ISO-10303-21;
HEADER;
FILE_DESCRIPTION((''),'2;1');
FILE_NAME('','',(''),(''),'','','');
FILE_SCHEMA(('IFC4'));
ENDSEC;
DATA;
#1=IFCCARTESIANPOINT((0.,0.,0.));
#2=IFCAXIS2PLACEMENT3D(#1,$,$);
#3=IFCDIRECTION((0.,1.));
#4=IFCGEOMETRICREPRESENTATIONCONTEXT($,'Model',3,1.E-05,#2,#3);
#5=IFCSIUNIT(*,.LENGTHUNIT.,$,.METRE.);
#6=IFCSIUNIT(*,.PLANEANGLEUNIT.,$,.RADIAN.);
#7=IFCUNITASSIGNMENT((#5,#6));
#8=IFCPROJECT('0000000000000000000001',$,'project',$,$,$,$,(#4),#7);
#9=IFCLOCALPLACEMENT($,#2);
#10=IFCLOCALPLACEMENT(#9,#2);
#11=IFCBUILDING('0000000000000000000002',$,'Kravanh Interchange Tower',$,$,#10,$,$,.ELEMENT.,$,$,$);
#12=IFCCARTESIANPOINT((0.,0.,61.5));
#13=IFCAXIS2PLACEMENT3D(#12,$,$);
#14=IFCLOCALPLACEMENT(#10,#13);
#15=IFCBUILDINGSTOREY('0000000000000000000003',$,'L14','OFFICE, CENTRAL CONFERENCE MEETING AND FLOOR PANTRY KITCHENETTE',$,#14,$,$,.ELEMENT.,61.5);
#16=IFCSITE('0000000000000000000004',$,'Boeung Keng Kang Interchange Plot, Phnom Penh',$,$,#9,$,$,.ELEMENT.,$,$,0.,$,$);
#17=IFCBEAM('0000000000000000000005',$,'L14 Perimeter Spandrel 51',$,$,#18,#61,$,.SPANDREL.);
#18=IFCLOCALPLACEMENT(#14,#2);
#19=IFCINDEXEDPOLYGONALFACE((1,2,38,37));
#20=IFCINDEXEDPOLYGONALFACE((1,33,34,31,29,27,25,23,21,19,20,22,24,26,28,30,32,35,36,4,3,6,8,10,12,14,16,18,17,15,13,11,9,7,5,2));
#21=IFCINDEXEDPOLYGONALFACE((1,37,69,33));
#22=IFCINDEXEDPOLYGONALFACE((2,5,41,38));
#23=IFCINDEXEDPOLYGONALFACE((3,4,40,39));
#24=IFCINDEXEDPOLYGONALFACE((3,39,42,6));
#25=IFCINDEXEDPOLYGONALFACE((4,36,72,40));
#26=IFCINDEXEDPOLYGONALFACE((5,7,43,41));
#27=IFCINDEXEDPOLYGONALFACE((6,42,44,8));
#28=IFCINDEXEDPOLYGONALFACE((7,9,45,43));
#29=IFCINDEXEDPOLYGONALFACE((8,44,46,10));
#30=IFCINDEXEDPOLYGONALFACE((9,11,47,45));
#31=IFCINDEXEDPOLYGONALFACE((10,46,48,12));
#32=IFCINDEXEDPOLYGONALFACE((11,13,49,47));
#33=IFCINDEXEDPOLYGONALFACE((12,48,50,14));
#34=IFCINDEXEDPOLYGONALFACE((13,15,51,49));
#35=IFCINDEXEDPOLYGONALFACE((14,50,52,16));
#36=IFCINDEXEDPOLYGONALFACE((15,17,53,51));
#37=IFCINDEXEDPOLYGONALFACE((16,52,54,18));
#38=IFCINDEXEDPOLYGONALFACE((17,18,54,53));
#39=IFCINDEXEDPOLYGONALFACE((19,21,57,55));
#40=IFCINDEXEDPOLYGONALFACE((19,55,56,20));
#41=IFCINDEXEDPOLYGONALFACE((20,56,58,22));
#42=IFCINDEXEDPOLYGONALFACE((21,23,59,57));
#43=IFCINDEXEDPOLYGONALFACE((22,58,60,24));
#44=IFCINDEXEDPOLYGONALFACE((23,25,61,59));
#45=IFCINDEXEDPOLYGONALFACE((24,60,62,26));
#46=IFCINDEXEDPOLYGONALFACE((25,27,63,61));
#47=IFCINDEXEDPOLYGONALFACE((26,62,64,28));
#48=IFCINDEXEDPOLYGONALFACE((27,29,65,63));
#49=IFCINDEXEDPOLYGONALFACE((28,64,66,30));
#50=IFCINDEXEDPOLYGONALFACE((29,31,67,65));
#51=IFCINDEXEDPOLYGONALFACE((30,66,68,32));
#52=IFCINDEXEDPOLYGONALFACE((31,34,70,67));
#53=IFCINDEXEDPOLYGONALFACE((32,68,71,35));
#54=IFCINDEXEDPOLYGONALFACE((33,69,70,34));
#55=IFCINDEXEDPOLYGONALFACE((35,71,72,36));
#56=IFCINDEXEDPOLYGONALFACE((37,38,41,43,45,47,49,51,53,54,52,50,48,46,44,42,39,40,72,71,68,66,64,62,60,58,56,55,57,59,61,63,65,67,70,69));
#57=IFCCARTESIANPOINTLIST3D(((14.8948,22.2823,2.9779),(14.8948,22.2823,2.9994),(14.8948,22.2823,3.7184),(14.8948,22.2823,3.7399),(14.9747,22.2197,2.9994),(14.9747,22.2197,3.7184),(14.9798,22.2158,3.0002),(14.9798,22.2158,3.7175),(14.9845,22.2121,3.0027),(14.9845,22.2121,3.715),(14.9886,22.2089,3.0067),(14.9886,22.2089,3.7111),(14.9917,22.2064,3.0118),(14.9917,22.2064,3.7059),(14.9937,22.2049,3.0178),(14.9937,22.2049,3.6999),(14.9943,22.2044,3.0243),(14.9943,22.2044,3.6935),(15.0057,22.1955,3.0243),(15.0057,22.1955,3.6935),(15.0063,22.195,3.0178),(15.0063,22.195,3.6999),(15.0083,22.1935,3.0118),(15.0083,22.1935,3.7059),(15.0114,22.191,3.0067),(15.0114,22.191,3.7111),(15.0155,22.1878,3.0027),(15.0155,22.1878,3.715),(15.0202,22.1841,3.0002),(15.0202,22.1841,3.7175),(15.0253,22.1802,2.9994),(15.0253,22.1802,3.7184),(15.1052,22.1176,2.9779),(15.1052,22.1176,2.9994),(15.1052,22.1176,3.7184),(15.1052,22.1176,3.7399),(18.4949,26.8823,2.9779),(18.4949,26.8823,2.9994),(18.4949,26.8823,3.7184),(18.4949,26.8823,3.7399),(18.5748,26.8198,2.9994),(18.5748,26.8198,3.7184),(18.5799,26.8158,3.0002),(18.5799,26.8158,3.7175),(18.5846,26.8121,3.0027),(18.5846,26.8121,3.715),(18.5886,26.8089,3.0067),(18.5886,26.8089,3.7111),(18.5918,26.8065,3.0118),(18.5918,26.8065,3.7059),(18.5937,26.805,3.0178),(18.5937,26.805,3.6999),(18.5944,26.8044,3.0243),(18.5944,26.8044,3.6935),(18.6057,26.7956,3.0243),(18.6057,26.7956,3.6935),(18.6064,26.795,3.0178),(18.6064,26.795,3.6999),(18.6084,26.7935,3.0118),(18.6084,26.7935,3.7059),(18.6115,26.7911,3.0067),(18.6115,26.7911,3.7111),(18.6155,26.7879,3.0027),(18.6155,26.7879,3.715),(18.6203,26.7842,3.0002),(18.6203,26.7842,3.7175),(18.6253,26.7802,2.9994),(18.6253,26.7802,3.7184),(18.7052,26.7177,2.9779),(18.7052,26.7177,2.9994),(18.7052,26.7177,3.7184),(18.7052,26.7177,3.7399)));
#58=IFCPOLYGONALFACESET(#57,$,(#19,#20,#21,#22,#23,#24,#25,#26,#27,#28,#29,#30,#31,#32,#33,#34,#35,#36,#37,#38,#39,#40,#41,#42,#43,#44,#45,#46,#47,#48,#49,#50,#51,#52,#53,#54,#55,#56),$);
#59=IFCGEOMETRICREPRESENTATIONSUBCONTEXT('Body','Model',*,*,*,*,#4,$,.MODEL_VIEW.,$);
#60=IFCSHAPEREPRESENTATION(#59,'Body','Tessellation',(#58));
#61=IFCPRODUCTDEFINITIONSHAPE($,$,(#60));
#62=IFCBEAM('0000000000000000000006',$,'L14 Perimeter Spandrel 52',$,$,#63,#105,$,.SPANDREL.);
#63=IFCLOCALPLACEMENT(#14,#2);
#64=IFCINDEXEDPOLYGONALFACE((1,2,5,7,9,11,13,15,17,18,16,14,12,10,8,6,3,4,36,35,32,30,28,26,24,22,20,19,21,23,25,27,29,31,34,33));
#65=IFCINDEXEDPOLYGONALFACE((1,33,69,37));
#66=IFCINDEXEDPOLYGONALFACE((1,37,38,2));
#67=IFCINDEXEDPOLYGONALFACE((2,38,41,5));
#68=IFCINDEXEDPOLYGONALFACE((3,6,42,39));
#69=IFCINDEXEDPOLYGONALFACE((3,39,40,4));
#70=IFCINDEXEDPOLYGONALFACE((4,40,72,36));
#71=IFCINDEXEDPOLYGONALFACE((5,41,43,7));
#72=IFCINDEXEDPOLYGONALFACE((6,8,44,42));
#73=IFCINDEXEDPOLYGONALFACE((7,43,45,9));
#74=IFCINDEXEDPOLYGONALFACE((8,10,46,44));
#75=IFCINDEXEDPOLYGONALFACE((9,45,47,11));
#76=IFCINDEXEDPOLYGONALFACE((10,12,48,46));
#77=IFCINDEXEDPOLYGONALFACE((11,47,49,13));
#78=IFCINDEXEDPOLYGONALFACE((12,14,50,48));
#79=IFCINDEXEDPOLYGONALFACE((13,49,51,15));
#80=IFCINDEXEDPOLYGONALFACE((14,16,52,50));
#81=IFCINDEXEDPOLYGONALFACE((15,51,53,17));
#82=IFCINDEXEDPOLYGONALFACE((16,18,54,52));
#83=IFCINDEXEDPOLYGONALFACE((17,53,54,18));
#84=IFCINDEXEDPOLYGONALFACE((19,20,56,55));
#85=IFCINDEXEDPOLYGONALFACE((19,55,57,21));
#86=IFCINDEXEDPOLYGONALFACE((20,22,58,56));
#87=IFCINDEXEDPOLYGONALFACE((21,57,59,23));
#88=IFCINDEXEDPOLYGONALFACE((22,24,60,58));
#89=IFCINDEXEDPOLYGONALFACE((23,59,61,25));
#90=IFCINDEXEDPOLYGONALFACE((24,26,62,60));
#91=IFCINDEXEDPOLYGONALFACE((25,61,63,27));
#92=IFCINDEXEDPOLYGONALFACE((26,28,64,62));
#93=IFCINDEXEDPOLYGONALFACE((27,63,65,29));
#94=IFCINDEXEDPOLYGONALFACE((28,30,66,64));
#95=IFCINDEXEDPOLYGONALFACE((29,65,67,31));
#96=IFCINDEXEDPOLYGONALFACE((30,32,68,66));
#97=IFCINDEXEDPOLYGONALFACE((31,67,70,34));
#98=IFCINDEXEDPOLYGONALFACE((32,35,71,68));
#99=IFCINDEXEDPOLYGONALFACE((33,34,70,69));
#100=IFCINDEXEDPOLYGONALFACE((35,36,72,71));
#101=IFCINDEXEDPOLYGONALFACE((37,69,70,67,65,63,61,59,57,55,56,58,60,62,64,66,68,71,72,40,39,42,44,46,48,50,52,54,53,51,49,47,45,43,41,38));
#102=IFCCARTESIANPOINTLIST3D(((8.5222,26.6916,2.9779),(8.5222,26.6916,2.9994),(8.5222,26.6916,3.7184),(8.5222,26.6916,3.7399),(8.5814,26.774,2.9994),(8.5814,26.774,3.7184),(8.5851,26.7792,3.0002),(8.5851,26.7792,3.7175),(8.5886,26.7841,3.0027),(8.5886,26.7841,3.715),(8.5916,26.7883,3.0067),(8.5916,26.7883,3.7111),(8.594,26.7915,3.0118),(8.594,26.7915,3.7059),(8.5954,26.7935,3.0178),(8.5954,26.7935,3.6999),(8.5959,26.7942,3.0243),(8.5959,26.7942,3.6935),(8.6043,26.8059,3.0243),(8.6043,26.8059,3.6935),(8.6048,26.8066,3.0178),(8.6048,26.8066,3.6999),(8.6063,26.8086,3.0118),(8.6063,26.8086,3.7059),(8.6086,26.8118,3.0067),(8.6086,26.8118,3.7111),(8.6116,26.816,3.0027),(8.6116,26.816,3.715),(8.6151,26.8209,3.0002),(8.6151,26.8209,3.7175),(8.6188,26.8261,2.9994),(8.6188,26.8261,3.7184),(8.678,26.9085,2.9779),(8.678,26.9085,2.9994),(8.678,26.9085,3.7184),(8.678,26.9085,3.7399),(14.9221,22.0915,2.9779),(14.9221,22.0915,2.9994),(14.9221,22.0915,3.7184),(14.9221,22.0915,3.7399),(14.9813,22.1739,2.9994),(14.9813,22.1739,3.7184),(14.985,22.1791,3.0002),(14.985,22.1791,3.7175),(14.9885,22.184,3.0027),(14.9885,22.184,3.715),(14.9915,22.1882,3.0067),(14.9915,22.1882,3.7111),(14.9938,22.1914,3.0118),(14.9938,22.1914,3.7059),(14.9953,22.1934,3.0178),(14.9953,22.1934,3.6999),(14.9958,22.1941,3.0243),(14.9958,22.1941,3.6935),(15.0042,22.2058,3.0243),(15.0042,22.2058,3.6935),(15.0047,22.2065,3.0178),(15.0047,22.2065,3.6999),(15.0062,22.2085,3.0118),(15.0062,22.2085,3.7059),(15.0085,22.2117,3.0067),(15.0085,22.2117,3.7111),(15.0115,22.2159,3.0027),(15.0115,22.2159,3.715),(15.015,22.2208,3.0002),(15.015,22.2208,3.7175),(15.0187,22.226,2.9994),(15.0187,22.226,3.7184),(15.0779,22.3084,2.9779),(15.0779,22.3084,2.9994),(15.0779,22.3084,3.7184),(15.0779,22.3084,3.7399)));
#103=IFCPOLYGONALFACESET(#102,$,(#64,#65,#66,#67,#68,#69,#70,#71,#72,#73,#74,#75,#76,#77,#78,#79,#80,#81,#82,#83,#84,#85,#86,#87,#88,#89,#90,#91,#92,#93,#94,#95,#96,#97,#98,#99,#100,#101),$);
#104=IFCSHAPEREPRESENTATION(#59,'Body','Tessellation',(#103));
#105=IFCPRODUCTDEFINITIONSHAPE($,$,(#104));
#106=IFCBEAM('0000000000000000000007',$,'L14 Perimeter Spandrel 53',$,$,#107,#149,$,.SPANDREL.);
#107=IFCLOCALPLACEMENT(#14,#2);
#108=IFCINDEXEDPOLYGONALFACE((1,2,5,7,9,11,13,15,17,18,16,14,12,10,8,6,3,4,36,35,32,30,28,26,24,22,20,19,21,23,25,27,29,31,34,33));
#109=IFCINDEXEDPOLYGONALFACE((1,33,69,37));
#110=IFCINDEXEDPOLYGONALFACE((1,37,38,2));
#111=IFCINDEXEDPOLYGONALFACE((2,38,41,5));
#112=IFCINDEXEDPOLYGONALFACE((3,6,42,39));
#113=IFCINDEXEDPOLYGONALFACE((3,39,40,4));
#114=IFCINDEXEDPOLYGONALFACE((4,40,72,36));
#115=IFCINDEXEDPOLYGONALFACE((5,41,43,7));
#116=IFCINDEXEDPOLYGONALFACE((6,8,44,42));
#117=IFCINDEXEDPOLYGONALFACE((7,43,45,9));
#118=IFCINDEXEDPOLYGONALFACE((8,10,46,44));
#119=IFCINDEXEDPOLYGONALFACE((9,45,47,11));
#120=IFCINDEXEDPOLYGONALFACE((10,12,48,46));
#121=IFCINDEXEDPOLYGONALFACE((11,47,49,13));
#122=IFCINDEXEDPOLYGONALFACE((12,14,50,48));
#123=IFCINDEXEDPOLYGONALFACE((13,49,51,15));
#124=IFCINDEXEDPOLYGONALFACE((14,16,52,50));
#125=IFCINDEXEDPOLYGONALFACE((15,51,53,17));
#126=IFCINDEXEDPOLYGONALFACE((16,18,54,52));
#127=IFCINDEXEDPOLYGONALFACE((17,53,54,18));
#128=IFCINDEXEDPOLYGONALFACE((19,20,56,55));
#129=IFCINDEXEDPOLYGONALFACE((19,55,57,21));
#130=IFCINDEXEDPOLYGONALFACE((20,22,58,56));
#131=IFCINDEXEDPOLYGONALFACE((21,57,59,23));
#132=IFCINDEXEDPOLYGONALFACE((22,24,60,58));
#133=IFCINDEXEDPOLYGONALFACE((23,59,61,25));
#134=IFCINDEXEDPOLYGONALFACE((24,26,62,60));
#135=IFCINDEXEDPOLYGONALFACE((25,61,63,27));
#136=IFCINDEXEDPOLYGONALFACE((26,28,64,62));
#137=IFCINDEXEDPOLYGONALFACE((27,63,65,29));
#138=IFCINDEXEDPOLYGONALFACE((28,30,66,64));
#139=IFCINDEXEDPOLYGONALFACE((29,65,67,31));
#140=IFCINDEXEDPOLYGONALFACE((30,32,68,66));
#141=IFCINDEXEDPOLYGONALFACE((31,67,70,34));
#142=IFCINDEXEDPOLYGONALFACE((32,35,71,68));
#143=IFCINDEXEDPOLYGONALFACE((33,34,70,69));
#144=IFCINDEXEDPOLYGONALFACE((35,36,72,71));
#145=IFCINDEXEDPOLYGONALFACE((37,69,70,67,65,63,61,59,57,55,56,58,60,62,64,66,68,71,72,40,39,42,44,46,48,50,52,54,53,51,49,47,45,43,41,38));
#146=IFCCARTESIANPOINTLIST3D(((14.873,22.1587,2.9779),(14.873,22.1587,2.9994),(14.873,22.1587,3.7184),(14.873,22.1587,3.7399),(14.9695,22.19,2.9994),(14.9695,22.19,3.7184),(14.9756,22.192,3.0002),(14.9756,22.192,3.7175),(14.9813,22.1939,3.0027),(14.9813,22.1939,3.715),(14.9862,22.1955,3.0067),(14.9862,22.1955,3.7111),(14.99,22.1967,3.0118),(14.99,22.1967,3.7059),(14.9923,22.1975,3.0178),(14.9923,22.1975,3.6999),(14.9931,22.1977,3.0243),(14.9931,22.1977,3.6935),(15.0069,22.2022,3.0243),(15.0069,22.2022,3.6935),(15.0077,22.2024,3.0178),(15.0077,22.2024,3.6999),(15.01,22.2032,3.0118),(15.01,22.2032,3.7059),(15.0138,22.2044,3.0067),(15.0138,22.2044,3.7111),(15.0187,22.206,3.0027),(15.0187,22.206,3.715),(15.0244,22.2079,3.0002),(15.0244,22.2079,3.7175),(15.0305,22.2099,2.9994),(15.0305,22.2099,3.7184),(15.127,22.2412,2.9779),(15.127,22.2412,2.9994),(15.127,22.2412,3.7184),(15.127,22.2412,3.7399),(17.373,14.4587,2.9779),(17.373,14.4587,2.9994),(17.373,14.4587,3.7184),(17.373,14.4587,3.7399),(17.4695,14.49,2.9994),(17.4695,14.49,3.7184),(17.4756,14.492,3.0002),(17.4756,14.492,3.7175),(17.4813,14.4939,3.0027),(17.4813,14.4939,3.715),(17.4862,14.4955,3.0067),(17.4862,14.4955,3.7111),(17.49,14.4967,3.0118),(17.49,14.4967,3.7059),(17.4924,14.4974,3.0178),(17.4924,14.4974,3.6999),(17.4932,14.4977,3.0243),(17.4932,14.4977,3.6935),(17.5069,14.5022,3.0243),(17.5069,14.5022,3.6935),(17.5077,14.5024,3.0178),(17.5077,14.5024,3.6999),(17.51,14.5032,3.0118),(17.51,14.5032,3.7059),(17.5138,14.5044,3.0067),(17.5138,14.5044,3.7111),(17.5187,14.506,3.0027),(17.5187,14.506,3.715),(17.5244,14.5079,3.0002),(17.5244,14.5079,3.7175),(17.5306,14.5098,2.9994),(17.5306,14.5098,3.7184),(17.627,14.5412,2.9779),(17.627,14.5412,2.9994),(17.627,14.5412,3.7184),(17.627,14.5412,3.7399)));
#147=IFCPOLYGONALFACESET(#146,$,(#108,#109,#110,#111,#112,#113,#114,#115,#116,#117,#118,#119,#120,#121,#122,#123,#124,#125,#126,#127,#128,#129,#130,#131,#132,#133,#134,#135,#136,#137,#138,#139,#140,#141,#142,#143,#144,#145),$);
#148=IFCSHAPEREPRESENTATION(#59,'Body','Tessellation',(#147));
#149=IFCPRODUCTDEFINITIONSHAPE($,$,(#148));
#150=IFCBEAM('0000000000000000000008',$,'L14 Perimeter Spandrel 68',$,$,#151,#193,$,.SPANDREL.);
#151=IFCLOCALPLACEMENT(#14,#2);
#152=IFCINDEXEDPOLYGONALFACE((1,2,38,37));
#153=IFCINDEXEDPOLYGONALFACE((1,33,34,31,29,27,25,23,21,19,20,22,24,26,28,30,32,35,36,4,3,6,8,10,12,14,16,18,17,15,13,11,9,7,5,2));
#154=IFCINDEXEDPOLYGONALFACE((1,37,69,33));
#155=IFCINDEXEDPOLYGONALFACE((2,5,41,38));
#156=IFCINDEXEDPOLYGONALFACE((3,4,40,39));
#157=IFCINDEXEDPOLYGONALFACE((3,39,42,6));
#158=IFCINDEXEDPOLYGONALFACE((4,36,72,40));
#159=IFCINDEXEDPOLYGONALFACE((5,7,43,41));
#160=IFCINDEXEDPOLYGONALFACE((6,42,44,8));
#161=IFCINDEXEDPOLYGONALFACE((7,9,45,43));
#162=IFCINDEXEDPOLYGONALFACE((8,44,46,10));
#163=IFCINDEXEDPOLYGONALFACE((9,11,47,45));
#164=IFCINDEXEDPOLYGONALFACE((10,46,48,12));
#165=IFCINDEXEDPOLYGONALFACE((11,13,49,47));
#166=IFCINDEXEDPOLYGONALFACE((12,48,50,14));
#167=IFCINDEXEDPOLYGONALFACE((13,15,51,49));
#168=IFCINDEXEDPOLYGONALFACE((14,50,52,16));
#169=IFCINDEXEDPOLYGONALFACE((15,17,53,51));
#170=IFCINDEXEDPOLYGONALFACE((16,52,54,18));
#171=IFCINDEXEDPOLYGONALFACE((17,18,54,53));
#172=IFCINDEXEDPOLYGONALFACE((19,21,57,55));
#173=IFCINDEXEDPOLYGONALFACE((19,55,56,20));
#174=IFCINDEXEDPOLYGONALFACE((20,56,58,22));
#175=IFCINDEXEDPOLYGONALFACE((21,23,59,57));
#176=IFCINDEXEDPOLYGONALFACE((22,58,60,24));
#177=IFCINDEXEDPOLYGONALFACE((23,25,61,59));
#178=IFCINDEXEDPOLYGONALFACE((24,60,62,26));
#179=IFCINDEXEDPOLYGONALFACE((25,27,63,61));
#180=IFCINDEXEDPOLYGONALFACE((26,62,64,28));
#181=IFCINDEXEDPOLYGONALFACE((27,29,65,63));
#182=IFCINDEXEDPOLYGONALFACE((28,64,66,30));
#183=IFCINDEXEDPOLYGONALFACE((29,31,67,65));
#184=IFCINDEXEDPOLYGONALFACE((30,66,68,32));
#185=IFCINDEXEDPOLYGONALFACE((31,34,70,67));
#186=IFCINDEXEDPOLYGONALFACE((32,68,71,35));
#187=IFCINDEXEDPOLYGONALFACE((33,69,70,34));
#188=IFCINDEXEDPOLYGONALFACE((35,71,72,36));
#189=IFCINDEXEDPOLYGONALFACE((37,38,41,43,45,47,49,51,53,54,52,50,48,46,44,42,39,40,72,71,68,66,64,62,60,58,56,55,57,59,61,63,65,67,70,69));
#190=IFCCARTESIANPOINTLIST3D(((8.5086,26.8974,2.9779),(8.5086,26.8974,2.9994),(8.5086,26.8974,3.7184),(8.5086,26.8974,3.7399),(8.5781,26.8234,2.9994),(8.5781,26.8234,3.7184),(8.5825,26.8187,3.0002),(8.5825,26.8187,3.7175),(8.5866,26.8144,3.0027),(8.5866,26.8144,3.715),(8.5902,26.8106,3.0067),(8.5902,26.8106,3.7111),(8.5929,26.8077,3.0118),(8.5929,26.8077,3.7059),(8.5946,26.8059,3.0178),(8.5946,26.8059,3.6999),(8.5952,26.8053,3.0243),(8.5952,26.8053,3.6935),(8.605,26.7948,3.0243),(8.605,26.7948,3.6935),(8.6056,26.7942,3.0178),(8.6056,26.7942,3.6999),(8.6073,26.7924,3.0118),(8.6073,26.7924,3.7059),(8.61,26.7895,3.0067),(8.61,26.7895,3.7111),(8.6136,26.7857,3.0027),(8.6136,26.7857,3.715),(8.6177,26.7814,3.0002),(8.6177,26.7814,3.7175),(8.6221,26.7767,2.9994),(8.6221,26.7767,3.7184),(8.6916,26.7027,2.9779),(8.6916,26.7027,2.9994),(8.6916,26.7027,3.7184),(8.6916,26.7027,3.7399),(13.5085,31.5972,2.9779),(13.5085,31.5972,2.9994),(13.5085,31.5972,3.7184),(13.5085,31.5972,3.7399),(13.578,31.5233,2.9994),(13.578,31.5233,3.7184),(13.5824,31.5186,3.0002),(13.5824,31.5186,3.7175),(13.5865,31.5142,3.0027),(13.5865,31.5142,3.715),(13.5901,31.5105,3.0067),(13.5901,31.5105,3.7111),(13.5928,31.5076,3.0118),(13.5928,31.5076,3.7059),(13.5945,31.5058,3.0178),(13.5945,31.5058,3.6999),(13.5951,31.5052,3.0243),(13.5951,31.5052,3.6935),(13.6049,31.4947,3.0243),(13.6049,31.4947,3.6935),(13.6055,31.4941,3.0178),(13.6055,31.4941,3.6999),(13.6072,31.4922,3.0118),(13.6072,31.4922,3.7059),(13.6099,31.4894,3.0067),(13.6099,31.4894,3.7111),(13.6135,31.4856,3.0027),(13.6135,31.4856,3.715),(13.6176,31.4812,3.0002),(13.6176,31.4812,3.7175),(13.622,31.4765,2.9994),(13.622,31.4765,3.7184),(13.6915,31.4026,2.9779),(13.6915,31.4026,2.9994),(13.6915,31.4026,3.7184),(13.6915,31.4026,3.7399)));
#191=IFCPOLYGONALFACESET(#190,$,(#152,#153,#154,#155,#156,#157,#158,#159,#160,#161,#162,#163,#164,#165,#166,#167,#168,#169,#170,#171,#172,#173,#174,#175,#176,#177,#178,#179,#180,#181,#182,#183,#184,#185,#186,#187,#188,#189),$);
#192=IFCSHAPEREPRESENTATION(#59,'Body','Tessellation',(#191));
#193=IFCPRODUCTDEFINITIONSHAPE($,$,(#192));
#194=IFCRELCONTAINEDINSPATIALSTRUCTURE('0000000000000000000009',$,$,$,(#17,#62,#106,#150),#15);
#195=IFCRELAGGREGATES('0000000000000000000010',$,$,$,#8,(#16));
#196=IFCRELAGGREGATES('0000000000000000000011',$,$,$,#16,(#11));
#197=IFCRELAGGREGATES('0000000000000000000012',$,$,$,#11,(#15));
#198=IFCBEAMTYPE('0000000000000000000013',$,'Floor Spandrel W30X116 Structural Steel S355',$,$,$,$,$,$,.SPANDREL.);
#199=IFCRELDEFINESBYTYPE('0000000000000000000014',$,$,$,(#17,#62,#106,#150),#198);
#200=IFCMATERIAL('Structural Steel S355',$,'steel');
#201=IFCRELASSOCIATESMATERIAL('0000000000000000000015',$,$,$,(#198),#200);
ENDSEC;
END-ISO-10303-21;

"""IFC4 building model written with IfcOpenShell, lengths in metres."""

from ifc_helpers import new_model, si_unit, direction, frame, origin, origin_2d, place, context, subcontext, project, spatial, i_section, extrude, material, material_profile, profile_set, type_object, element, save


model = new_model("IFC4")

# Units and contexts
model_context = context("Model", 3, precision=1e-05, world=origin(), true_north=direction((0.0, 1.0)))
body_context = subcontext(model_context, "Body", "Model", "MODEL_VIEW")
ifc_project = project(units=[si_unit("LENGTHUNIT", "METRE"), si_unit("PLANEANGLEUNIT", "RADIAN")], contexts=[model_context])

# Site, building, storey
site_placement = place(None, origin())
site = spatial("IfcSite", under=ifc_project, at=site_placement, Name="Boeung Keng Kang Interchange Plot, Phnom Penh", CompositionType="ELEMENT", RefElevation=0.0)
building_placement = place(site_placement, origin())
building = spatial("IfcBuilding", under=site, at=building_placement, Name="Kravanh Interchange Tower", CompositionType="ELEMENT")
storey_placement = place(building_placement, frame((0.0, 0.0, 61.5)))
storey = spatial("IfcBuildingStorey", under=building, at=storey_placement, Name="L14", Description="OFFICE, CENTRAL CONFERENCE MEETING AND FLOOR PANTRY KITCHENETTE", CompositionType="ELEMENT", Elevation=61.5)

# Beams
ifc_material_1 = material(Name="Structural Steel S355", Category="steel")
ifc_material_profile_1 = material_profile(ifc_material_1, i_section(OverallWidth=0.2671, OverallDepth=0.762, WebThickness=0.0144, FlangeThickness=0.0215, FilletRadius=0.0249, at=origin_2d()), Name="W30X116")
ifc_profile_set_1 = profile_set([ifc_material_profile_1], Name="Structural Steel S355")
beam_type_1 = type_object("IfcBeamType", Name="Floor Spandrel W30X116 Structural Steel S355", PredefinedType="SPANDREL", material=ifc_profile_set_1)
beam_1_placement = place(storey_placement, frame((15.0, 22.2, 3.3589), z_axis=(0.616311, 0.787503, 0.0), x_axis=(-0.787503, 0.616311, 0.0)))
element("IfcBeam", 1, at=beam_1_placement, inside=storey, type_object=beam_type_1, Name="L14 Perimeter Spandrel 51", PredefinedType="SPANDREL", context=body_context, shape_type="SweptSolid", body=[
    extrude(i_section(OverallWidth=0.2671, OverallDepth=0.762, WebThickness=0.0144, FlangeThickness=0.0215, FilletRadius=0.0249, at=origin_2d()), origin(), (0.0, 0.0, 1.0), 5.8413),
])
beam_2_placement = place(storey_placement, frame((15.0, 22.2, 3.3589), z_axis=(-0.812005, 0.58365, 0.0), x_axis=(-0.58365, -0.812005, 0.0)))
element("IfcBeam", 2, at=beam_2_placement, inside=storey, type_object=beam_type_1, Name="L14 Perimeter Spandrel 52", PredefinedType="SPANDREL", context=body_context, shape_type="SweptSolid", body=[
    extrude(i_section(OverallWidth=0.2671, OverallDepth=0.762, WebThickness=0.0144, FlangeThickness=0.0215, FilletRadius=0.0249, at=origin_2d()), origin(), (0.0, 0.0, 1.0), 7.8816),
])
beam_3_placement = place(storey_placement, frame((15.0, 22.2, 3.3589), z_axis=(0.308809, -0.951124, 0.0), x_axis=(0.951124, 0.308809, 0.0)))
element("IfcBeam", 3, at=beam_3_placement, inside=storey, type_object=beam_type_1, Name="L14 Perimeter Spandrel 53", PredefinedType="SPANDREL", context=body_context, shape_type="SweptSolid", body=[
    extrude(i_section(OverallWidth=0.2671, OverallDepth=0.762, WebThickness=0.0144, FlangeThickness=0.0215, FilletRadius=0.0249, at=origin_2d()), origin(), (0.0, 0.0, 1.0), 8.0957),
])
beam_4_placement = place(storey_placement, frame((8.6001, 26.8, 3.3589), z_axis=(0.728631, 0.684906, 0.0), x_axis=(-0.684906, 0.728631, 0.0)))
element("IfcBeam", 4, at=beam_4_placement, inside=storey, type_object=beam_type_1, Name="L14 Perimeter Spandrel 68", PredefinedType="SPANDREL", context=body_context, shape_type="SweptSolid", body=[
    extrude(i_section(OverallWidth=0.2671, OverallDepth=0.762, WebThickness=0.0144, FlangeThickness=0.0215, FilletRadius=0.0249, at=origin_2d()), origin(), (0.0, 0.0, 1.0), 6.8621),
])

save(model, "model.ifc")
